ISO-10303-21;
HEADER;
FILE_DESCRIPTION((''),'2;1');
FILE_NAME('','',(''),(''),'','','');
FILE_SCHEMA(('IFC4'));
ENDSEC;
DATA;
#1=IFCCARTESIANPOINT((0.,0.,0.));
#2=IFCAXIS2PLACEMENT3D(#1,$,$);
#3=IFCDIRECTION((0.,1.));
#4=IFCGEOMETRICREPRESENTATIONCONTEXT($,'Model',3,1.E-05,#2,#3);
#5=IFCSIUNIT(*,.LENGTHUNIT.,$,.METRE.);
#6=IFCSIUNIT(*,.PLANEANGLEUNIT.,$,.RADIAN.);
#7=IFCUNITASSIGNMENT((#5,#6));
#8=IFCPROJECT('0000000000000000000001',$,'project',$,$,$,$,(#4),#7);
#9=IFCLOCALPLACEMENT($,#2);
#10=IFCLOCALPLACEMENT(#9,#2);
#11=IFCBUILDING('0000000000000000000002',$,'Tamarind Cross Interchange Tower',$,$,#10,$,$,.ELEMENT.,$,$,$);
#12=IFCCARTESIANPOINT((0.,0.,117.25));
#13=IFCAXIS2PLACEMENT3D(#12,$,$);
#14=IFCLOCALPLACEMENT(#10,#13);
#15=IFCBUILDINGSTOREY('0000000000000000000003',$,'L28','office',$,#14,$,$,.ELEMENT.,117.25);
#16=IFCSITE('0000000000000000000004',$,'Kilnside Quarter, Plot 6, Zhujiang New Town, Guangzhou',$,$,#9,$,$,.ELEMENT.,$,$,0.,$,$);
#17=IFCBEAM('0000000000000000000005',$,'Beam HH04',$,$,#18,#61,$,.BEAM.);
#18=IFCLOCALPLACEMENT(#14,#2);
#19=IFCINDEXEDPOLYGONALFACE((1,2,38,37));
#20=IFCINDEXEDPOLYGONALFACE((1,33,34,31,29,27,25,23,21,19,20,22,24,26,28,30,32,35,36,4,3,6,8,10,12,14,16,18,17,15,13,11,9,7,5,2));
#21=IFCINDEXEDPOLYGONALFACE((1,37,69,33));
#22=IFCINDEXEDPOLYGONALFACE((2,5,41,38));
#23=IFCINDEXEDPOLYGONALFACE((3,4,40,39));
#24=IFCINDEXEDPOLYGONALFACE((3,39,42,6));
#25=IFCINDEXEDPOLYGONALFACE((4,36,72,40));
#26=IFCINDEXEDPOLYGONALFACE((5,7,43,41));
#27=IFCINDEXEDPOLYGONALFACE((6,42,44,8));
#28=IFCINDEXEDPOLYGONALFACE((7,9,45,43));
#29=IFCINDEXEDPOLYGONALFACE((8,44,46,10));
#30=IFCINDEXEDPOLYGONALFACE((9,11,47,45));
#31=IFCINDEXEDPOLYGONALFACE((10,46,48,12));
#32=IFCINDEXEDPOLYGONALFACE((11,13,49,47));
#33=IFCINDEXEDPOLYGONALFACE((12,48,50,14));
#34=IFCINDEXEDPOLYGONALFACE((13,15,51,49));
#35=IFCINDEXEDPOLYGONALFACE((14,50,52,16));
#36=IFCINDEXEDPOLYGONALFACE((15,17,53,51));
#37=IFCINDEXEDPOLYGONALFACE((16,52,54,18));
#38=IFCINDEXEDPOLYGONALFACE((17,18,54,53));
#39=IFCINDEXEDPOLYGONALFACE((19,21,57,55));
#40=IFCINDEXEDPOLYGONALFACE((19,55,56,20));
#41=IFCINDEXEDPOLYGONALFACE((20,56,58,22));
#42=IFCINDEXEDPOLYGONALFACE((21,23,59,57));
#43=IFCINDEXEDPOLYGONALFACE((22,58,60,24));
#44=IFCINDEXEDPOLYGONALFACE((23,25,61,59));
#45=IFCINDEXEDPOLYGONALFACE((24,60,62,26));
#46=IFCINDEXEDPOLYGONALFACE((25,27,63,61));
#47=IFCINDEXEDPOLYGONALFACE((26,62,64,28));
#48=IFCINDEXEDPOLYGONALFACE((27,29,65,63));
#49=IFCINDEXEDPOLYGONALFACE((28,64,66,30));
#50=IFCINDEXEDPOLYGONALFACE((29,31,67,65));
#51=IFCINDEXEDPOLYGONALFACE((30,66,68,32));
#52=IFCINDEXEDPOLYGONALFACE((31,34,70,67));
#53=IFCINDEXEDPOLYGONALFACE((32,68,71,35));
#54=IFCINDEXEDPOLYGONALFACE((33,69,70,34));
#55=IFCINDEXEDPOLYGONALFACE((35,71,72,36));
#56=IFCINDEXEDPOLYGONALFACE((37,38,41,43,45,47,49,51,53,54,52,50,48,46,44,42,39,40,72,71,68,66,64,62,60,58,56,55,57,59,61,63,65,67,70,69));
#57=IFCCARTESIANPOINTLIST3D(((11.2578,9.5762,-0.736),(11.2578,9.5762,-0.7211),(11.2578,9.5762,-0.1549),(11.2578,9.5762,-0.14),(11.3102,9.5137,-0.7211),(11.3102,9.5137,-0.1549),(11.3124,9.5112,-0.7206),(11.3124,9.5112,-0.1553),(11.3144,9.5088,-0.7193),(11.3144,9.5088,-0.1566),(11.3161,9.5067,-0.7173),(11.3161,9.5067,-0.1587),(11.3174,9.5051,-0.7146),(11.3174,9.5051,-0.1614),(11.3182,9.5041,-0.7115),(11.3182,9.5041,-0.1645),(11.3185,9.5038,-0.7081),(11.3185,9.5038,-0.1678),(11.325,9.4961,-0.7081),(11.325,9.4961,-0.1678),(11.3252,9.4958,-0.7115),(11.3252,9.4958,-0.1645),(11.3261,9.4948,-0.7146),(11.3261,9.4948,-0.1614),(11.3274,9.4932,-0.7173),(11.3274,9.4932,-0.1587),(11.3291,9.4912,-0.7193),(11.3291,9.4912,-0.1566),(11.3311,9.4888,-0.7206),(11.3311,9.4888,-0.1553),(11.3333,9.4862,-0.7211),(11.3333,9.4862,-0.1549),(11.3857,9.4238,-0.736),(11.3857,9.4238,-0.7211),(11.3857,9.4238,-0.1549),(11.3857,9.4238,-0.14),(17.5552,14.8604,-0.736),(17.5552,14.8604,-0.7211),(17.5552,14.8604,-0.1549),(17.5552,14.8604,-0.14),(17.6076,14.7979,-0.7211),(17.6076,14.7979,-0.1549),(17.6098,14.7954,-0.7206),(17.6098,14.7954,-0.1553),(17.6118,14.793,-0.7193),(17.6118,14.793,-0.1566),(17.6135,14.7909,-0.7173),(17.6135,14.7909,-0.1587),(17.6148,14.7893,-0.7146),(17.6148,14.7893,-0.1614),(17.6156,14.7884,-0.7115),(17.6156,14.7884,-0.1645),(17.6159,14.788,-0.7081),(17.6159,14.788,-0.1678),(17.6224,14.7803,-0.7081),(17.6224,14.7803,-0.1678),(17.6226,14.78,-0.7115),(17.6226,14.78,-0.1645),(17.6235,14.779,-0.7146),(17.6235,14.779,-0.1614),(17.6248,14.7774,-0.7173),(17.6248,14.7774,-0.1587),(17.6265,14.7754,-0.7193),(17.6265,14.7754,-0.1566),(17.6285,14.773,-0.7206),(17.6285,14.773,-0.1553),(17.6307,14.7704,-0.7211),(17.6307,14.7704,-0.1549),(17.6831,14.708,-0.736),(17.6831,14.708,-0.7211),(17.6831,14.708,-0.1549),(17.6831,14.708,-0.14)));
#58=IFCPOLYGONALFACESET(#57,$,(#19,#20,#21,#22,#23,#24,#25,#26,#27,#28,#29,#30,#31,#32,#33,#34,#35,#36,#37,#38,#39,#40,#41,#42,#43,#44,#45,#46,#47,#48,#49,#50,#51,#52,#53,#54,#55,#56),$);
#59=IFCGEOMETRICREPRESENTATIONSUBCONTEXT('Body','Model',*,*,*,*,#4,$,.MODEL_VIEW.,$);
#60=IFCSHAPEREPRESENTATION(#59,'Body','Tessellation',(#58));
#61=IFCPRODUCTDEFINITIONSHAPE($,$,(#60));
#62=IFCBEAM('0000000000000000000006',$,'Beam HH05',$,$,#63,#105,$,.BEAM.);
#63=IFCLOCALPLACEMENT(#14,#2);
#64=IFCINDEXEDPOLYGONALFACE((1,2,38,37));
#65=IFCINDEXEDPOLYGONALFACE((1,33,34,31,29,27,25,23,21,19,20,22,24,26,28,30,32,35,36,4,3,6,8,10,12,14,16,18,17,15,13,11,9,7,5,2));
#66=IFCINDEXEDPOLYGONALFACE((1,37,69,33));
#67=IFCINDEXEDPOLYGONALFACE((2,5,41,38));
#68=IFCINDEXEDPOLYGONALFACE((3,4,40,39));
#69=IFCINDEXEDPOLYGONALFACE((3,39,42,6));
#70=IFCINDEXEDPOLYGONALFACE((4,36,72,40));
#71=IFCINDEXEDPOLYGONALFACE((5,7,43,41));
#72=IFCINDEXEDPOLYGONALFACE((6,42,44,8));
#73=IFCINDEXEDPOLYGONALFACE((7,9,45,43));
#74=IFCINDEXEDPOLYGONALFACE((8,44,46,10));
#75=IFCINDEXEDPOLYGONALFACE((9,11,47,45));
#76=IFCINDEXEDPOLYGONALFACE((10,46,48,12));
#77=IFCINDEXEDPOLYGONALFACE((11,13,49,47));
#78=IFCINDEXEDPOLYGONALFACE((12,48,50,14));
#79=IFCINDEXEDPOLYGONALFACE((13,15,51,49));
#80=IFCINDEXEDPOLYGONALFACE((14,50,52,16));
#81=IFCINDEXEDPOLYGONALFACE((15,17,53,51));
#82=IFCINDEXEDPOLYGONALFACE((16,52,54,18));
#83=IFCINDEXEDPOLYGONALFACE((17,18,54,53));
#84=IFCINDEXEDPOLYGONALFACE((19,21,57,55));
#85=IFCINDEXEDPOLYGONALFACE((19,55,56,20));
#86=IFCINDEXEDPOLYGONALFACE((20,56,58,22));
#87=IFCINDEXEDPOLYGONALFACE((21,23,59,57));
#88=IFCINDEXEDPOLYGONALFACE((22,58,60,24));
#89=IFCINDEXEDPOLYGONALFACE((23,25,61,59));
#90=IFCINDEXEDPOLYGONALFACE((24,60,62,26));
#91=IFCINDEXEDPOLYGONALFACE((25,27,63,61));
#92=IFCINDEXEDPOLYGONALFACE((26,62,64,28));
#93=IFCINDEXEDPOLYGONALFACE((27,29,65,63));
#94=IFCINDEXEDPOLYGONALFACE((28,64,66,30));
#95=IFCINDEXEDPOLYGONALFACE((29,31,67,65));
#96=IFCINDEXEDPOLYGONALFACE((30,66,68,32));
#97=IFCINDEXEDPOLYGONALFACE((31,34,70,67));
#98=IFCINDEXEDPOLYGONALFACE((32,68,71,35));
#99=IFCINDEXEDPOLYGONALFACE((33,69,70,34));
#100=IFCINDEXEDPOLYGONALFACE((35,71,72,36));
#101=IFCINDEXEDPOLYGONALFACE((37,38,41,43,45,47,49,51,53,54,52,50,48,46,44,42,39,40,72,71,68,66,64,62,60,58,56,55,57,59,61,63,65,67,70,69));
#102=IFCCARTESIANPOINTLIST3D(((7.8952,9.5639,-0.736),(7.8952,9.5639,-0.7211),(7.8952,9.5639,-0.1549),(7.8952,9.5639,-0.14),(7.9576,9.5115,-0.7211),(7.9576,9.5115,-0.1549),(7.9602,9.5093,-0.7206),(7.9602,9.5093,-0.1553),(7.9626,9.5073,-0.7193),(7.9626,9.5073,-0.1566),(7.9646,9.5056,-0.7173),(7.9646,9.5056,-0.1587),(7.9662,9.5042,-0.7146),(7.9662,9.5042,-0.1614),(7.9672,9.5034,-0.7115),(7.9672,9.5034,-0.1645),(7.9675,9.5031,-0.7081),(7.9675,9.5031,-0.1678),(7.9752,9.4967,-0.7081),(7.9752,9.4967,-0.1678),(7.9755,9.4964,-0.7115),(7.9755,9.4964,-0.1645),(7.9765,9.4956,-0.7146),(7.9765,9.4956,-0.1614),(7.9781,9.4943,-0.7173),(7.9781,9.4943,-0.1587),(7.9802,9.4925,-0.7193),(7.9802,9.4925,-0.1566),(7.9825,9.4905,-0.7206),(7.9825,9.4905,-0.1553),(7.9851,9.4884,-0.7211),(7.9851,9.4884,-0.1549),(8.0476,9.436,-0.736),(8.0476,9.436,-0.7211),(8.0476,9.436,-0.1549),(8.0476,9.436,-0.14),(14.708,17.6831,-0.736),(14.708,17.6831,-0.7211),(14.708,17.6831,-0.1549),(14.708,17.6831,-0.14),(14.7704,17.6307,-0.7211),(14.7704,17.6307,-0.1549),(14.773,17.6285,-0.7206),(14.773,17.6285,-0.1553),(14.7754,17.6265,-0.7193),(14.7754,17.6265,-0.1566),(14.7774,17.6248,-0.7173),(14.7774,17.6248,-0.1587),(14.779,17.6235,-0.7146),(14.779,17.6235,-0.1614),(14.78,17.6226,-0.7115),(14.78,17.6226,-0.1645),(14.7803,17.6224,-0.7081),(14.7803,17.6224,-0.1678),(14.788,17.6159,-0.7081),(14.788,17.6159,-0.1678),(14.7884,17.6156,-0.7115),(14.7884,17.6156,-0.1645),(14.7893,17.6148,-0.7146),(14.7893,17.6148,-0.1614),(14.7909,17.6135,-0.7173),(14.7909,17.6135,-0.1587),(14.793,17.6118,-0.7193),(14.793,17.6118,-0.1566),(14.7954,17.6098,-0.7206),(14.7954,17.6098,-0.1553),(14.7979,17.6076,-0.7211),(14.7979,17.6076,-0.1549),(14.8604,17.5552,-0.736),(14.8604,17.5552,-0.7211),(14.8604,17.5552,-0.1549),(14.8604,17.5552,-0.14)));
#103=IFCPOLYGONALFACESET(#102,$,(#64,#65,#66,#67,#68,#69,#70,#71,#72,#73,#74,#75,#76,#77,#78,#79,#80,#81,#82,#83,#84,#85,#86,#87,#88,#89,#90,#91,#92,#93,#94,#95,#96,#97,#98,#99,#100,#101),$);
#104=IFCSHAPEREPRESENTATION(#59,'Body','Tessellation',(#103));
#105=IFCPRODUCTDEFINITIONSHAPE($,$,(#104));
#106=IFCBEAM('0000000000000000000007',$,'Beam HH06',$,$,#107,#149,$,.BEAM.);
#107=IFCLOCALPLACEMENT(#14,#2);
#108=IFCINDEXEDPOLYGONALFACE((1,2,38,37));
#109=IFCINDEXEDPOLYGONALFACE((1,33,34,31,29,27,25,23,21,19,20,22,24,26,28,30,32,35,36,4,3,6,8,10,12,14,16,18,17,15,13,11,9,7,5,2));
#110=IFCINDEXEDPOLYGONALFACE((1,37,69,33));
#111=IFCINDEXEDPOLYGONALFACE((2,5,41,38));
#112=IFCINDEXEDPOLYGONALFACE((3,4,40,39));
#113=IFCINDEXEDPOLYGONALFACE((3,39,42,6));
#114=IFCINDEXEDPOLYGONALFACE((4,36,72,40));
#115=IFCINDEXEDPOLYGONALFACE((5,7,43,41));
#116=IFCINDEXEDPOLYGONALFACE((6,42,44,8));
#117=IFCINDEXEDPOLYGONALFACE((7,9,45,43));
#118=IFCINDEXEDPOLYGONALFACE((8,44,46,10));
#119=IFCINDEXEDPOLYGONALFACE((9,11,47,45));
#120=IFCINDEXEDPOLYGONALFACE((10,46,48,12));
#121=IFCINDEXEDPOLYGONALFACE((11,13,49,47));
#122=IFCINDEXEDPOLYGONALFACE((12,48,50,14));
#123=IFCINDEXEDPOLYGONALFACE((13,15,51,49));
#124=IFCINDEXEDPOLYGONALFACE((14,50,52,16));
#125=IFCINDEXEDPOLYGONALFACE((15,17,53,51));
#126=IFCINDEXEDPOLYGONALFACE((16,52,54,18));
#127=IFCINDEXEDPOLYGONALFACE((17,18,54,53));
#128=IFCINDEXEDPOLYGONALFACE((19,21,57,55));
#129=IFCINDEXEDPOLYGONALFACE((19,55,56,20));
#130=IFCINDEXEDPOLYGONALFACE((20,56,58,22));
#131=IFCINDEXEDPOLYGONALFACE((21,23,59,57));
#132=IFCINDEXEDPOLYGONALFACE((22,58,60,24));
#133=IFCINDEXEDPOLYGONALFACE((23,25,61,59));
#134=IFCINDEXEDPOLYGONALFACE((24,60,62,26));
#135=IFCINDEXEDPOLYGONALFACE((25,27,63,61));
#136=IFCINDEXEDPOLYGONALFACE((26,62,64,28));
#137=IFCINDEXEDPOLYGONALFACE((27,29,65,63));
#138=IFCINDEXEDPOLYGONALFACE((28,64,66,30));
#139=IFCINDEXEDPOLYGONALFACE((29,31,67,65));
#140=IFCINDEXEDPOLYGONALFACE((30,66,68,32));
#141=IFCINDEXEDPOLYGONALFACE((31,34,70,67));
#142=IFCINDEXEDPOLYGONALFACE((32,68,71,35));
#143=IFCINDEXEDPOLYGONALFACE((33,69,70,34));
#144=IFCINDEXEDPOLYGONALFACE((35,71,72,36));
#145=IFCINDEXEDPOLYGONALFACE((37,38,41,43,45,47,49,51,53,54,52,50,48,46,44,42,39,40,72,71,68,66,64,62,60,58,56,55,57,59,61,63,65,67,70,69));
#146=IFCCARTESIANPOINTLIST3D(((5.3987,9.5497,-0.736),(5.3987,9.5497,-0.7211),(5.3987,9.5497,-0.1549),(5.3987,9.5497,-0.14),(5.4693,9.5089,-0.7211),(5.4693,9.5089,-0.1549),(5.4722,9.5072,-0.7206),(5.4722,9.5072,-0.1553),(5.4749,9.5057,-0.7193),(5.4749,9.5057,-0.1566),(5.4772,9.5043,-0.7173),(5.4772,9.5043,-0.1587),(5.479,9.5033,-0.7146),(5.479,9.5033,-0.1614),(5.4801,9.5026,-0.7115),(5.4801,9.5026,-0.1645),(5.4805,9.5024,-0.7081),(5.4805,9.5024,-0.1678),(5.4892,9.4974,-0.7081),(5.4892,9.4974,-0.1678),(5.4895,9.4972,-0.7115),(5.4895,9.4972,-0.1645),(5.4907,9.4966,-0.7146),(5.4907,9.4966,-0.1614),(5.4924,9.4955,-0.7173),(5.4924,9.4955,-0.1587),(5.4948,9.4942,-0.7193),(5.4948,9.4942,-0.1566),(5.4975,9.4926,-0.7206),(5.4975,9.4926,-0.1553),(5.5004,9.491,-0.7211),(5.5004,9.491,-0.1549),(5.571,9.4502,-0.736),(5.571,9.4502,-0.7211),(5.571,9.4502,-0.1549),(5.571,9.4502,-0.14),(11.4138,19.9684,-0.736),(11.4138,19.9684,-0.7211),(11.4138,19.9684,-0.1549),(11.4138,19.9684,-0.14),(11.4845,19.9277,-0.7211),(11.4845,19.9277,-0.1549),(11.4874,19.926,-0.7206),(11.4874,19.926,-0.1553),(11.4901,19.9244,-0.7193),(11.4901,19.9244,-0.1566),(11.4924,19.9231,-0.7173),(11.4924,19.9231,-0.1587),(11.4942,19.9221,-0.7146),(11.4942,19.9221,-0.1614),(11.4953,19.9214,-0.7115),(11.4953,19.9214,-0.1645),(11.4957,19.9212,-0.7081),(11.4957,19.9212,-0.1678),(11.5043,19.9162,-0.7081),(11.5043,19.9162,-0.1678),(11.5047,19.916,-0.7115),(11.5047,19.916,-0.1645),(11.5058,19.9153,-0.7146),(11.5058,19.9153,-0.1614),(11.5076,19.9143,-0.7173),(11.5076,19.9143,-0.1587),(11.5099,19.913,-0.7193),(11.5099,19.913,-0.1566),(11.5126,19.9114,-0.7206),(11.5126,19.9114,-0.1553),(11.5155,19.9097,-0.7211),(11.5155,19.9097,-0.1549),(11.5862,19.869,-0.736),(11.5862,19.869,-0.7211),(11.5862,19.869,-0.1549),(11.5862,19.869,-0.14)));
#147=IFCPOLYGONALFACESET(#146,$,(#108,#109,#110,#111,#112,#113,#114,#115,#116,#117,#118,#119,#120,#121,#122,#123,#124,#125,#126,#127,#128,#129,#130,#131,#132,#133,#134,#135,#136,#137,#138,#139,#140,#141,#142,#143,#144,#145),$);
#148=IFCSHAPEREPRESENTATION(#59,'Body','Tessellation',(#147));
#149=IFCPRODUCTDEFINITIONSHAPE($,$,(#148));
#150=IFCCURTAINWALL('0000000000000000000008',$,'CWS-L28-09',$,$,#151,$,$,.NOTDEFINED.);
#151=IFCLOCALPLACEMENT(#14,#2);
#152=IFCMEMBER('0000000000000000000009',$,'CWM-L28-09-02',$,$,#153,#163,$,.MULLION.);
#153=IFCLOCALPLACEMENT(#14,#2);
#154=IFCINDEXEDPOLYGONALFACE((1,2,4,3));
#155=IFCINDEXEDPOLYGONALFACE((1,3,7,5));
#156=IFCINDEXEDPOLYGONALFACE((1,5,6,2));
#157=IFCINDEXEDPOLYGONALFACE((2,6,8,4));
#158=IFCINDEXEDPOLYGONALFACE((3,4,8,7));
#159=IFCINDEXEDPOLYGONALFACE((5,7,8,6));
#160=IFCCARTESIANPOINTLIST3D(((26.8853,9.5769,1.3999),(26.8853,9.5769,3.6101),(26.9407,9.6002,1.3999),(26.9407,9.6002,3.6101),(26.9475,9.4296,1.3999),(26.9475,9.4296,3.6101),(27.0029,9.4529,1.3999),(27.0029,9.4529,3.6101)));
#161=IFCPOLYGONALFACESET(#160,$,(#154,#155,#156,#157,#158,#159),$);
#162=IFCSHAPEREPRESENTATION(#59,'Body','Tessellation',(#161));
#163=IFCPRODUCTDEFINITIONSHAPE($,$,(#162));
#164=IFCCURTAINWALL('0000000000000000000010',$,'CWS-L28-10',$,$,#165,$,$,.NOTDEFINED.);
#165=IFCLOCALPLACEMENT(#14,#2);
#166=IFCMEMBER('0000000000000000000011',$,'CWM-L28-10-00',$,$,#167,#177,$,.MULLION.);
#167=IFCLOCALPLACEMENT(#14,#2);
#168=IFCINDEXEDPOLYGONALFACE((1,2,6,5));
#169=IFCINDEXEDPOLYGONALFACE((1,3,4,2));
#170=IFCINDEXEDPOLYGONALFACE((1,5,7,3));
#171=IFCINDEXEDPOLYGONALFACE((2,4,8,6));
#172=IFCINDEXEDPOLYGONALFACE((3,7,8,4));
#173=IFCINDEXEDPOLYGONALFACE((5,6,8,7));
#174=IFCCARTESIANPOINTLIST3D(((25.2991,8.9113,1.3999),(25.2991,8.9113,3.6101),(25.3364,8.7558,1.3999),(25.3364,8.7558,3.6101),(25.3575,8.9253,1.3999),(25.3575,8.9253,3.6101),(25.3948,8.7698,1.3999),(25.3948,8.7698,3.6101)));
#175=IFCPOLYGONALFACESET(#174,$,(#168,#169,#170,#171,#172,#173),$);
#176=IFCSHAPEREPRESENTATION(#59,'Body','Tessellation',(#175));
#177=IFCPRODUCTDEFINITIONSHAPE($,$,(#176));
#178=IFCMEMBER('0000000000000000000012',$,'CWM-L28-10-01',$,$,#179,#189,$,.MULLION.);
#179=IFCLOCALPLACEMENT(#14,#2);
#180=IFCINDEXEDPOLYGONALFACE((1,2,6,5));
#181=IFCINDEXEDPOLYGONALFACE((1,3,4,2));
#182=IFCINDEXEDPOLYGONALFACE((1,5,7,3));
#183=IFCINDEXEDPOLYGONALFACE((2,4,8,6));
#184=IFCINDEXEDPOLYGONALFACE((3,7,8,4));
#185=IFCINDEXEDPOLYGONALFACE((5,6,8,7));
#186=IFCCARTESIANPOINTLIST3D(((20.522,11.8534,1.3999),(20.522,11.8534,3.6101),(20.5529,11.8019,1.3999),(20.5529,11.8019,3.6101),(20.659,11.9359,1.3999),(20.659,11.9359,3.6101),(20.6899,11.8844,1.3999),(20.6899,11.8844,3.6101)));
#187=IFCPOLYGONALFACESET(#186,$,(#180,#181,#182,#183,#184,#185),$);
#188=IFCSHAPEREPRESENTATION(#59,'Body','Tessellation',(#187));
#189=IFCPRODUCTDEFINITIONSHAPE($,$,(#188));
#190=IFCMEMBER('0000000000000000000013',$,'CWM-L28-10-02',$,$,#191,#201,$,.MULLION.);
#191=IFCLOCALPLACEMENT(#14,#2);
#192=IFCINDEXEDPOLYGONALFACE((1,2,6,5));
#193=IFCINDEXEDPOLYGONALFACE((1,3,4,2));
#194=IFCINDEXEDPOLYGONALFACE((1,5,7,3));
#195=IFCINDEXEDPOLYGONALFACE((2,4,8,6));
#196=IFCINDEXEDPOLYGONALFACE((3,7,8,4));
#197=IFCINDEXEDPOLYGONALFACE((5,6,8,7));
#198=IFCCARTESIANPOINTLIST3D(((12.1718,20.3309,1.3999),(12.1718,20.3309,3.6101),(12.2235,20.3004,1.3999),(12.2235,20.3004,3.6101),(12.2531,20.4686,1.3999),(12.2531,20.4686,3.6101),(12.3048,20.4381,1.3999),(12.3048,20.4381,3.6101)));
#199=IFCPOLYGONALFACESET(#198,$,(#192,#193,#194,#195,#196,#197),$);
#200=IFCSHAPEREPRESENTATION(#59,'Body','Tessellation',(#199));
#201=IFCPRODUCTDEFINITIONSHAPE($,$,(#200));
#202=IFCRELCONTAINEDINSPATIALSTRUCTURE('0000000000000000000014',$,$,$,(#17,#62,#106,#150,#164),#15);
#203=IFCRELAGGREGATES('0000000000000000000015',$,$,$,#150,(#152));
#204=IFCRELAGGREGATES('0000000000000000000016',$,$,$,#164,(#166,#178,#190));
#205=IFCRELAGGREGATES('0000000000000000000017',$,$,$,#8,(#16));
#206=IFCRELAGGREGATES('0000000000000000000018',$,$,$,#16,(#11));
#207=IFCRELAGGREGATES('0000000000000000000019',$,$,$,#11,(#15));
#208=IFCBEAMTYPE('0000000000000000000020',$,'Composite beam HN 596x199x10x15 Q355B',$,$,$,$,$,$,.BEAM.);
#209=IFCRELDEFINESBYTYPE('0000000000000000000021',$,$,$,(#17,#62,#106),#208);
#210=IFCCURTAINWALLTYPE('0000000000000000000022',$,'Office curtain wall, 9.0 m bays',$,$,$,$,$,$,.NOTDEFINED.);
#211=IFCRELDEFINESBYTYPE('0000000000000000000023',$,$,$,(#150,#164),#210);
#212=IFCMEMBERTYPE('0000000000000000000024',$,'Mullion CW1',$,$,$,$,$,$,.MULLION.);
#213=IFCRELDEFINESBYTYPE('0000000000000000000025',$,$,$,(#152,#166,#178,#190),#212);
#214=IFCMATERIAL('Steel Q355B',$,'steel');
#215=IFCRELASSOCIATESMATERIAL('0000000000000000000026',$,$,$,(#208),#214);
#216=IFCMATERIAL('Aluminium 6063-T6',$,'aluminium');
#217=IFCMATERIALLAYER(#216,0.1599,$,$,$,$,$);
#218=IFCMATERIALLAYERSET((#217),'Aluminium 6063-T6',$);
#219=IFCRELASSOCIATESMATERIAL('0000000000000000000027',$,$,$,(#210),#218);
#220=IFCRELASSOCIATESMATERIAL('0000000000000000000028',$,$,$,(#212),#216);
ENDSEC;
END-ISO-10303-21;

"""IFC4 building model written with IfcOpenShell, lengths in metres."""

from ifc_helpers import new_model, si_unit, direction, frame, origin, origin_2d, place, context, subcontext, project, spatial, rectangle, i_section, extrude, material, layer, layer_set, material_profile, profile_set, type_object, element, aggregate, save


model = new_model("IFC4")

# Units and contexts
model_context = context("Model", 3, precision=1e-05, world=origin(), true_north=direction((0.0, 1.0)))
body_context = subcontext(model_context, "Body", "Model", "MODEL_VIEW")
ifc_project = project(units=[si_unit("LENGTHUNIT", "METRE"), si_unit("PLANEANGLEUNIT", "RADIAN")], contexts=[model_context])

# Site, building, storey
site_placement = place(None, origin())
site = spatial("IfcSite", under=ifc_project, at=site_placement, Name="Kilnside Quarter, Plot 6, Zhujiang New Town, Guangzhou", CompositionType="ELEMENT", RefElevation=0.0)
building_placement = place(site_placement, origin())
building = spatial("IfcBuilding", under=site, at=building_placement, Name="Tamarind Cross Interchange Tower", CompositionType="ELEMENT")
storey_placement = place(building_placement, frame((0.0, 0.0, 117.25)))
storey = spatial("IfcBuildingStorey", under=building, at=storey_placement, Name="L28", Description="office", CompositionType="ELEMENT", Elevation=117.25)

# Beams
ifc_material_1 = material(Name="Steel Q355B", Category="steel")
ifc_material_profile_1 = material_profile(ifc_material_1, i_section(OverallWidth=0.199, OverallDepth=0.5959, WebThickness=0.01, FlangeThickness=0.0149, FilletRadius=0.0129, at=origin_2d()), Name="HN 596x199x10x15")
ifc_profile_set_1 = profile_set([ifc_material_profile_1], Name="Steel Q355B")
beam_type_1 = type_object("IfcBeamType", Name="Composite beam HN 596x199x10x15 Q355B", PredefinedType="BEAM", material=ifc_profile_set_1)
beam_1_placement = place(storey_placement, frame((17.6191, 14.7842, -0.438), z_axis=(-0.766041, -0.642792, 0.0), x_axis=(0.642792, -0.766041, 0.0)))
element("IfcBeam", 1, at=beam_1_placement, inside=storey, type_object=beam_type_1, Name="Beam HH04", PredefinedType="BEAM", context=body_context, shape_type="SweptSolid", body=[
    extrude(i_section(OverallWidth=0.199, OverallDepth=0.5959, WebThickness=0.01, FlangeThickness=0.0149, FilletRadius=0.0129, at=origin_2d()), origin(), (0.0, 0.0, 1.0), 8.2207),
])
beam_2_placement = place(storey_placement, frame((14.7842, 17.6191, -0.438), z_axis=(-0.642786, -0.766046, 0.0), x_axis=(0.766046, -0.642786, 0.0)))
element("IfcBeam", 2, at=beam_2_placement, inside=storey, type_object=beam_type_1, Name="Beam HH05", PredefinedType="BEAM", context=body_context, shape_type="SweptSolid", body=[
    extrude(i_section(OverallWidth=0.199, OverallDepth=0.5959, WebThickness=0.01, FlangeThickness=0.0149, FilletRadius=0.0129, at=origin_2d()), origin(), (0.0, 0.0, 1.0), 10.5989),
])
beam_3_placement = place(storey_placement, frame((11.5, 19.9187, -0.438), z_axis=(-0.499994, -0.866029, 0.0), x_axis=(0.866029, -0.499994, 0.0)))
element("IfcBeam", 3, at=beam_3_placement, inside=storey, type_object=beam_type_1, Name="Beam HH06", PredefinedType="BEAM", context=body_context, shape_type="SweptSolid", body=[
    extrude(i_section(OverallWidth=0.199, OverallDepth=0.5959, WebThickness=0.01, FlangeThickness=0.0149, FilletRadius=0.0129, at=origin_2d()), origin(), (0.0, 0.0, 1.0), 12.0305),
])

# Curtain wall, member
ifc_material_2 = material(Name="Aluminium 6063-T6", Category="aluminium")
ifc_layer_1 = layer(ifc_material_2, 0.1599)
ifc_layer_set_1 = layer_set([ifc_layer_1], Name="Aluminium 6063-T6")
curtain_wall_type = type_object("IfcCurtainWallType", Name="Office curtain wall, 9.0 m bays", PredefinedType="NOTDEFINED", material=ifc_layer_set_1)
curtain_wall_1_placement = place(storey_placement, origin())
curtain_wall_1 = element("IfcCurtainWall", 4, at=curtain_wall_1_placement, inside=storey, type_object=curtain_wall_type, Name="CWS-L28-09", PredefinedType="NOTDEFINED")
ifc_material_profile_2 = material_profile(ifc_material_2, rectangle(XDim=0.0601, YDim=0.1599, at=origin_2d()), Name="Mullion CW1")
ifc_profile_set_2 = profile_set([ifc_material_profile_2], Name="Aluminium 6063-T6")
member_type = type_object("IfcMemberType", Name="Mullion CW1", PredefinedType="MULLION", material=ifc_profile_set_2)
member_1_placement = place(storey_placement, frame((26.9441, 9.5149, 1.3999), z_axis=(0.0, 0.0, 1.0), x_axis=(-0.921264, -0.388939, 0.0)))
member_1 = element("IfcMember", 5, at=member_1_placement, type_object=member_type, Name="CWM-L28-09-02", PredefinedType="MULLION", context=body_context, shape_type="SweptSolid", body=[
    extrude(rectangle(XDim=0.0601, YDim=0.1599, at=origin_2d()), origin(), (0.0, 0.0, 1.0), 2.2102),
])
aggregate(curtain_wall_1, [member_1])

# Curtain wall, members
curtain_wall_2_placement = place(storey_placement, origin())
curtain_wall_2 = element("IfcCurtainWall", 6, at=curtain_wall_2_placement, inside=storey, type_object=curtain_wall_type, Name="CWS-L28-10", PredefinedType="NOTDEFINED")
member_2_placement = place(storey_placement, frame((25.3469, 8.8406, 1.3999), z_axis=(0.0, 0.0, 1.0), x_axis=(-0.972421, -0.233232, 0.0)))
member_2 = element("IfcMember", 7, at=member_2_placement, type_object=member_type, Name="CWM-L28-10-00", PredefinedType="MULLION", context=body_context, shape_type="SweptSolid", body=[
    extrude(rectangle(XDim=0.0601, YDim=0.1599, at=origin_2d()), origin(), (0.0, 0.0, 1.0), 2.2102),
])
member_3_placement = place(storey_placement, frame((20.606, 11.8689, 1.3999), z_axis=(0.0, 0.0, 1.0), x_axis=(-0.515577, 0.856843, 0.0)))
member_3 = element("IfcMember", 8, at=member_3_placement, type_object=member_type, Name="CWM-L28-10-01", PredefinedType="MULLION", context=body_context, shape_type="SweptSolid", body=[
    extrude(rectangle(XDim=0.0601, YDim=0.1599, at=origin_2d()), origin(), (0.0, 0.0, 1.0), 2.2102),
])
member_4_placement = place(storey_placement, frame((12.2383, 20.3845, 1.3999), z_axis=(0.0, 0.0, 1.0), x_axis=(-0.861249, 0.508183, 0.0)))
member_4 = element("IfcMember", 9, at=member_4_placement, type_object=member_type, Name="CWM-L28-10-02", PredefinedType="MULLION", context=body_context, shape_type="SweptSolid", body=[
    extrude(rectangle(XDim=0.0601, YDim=0.1599, at=origin_2d()), origin(), (0.0, 0.0, 1.0), 2.2102),
])
aggregate(curtain_wall_2, [member_2, member_3, member_4])

save(model, "model.ifc")
